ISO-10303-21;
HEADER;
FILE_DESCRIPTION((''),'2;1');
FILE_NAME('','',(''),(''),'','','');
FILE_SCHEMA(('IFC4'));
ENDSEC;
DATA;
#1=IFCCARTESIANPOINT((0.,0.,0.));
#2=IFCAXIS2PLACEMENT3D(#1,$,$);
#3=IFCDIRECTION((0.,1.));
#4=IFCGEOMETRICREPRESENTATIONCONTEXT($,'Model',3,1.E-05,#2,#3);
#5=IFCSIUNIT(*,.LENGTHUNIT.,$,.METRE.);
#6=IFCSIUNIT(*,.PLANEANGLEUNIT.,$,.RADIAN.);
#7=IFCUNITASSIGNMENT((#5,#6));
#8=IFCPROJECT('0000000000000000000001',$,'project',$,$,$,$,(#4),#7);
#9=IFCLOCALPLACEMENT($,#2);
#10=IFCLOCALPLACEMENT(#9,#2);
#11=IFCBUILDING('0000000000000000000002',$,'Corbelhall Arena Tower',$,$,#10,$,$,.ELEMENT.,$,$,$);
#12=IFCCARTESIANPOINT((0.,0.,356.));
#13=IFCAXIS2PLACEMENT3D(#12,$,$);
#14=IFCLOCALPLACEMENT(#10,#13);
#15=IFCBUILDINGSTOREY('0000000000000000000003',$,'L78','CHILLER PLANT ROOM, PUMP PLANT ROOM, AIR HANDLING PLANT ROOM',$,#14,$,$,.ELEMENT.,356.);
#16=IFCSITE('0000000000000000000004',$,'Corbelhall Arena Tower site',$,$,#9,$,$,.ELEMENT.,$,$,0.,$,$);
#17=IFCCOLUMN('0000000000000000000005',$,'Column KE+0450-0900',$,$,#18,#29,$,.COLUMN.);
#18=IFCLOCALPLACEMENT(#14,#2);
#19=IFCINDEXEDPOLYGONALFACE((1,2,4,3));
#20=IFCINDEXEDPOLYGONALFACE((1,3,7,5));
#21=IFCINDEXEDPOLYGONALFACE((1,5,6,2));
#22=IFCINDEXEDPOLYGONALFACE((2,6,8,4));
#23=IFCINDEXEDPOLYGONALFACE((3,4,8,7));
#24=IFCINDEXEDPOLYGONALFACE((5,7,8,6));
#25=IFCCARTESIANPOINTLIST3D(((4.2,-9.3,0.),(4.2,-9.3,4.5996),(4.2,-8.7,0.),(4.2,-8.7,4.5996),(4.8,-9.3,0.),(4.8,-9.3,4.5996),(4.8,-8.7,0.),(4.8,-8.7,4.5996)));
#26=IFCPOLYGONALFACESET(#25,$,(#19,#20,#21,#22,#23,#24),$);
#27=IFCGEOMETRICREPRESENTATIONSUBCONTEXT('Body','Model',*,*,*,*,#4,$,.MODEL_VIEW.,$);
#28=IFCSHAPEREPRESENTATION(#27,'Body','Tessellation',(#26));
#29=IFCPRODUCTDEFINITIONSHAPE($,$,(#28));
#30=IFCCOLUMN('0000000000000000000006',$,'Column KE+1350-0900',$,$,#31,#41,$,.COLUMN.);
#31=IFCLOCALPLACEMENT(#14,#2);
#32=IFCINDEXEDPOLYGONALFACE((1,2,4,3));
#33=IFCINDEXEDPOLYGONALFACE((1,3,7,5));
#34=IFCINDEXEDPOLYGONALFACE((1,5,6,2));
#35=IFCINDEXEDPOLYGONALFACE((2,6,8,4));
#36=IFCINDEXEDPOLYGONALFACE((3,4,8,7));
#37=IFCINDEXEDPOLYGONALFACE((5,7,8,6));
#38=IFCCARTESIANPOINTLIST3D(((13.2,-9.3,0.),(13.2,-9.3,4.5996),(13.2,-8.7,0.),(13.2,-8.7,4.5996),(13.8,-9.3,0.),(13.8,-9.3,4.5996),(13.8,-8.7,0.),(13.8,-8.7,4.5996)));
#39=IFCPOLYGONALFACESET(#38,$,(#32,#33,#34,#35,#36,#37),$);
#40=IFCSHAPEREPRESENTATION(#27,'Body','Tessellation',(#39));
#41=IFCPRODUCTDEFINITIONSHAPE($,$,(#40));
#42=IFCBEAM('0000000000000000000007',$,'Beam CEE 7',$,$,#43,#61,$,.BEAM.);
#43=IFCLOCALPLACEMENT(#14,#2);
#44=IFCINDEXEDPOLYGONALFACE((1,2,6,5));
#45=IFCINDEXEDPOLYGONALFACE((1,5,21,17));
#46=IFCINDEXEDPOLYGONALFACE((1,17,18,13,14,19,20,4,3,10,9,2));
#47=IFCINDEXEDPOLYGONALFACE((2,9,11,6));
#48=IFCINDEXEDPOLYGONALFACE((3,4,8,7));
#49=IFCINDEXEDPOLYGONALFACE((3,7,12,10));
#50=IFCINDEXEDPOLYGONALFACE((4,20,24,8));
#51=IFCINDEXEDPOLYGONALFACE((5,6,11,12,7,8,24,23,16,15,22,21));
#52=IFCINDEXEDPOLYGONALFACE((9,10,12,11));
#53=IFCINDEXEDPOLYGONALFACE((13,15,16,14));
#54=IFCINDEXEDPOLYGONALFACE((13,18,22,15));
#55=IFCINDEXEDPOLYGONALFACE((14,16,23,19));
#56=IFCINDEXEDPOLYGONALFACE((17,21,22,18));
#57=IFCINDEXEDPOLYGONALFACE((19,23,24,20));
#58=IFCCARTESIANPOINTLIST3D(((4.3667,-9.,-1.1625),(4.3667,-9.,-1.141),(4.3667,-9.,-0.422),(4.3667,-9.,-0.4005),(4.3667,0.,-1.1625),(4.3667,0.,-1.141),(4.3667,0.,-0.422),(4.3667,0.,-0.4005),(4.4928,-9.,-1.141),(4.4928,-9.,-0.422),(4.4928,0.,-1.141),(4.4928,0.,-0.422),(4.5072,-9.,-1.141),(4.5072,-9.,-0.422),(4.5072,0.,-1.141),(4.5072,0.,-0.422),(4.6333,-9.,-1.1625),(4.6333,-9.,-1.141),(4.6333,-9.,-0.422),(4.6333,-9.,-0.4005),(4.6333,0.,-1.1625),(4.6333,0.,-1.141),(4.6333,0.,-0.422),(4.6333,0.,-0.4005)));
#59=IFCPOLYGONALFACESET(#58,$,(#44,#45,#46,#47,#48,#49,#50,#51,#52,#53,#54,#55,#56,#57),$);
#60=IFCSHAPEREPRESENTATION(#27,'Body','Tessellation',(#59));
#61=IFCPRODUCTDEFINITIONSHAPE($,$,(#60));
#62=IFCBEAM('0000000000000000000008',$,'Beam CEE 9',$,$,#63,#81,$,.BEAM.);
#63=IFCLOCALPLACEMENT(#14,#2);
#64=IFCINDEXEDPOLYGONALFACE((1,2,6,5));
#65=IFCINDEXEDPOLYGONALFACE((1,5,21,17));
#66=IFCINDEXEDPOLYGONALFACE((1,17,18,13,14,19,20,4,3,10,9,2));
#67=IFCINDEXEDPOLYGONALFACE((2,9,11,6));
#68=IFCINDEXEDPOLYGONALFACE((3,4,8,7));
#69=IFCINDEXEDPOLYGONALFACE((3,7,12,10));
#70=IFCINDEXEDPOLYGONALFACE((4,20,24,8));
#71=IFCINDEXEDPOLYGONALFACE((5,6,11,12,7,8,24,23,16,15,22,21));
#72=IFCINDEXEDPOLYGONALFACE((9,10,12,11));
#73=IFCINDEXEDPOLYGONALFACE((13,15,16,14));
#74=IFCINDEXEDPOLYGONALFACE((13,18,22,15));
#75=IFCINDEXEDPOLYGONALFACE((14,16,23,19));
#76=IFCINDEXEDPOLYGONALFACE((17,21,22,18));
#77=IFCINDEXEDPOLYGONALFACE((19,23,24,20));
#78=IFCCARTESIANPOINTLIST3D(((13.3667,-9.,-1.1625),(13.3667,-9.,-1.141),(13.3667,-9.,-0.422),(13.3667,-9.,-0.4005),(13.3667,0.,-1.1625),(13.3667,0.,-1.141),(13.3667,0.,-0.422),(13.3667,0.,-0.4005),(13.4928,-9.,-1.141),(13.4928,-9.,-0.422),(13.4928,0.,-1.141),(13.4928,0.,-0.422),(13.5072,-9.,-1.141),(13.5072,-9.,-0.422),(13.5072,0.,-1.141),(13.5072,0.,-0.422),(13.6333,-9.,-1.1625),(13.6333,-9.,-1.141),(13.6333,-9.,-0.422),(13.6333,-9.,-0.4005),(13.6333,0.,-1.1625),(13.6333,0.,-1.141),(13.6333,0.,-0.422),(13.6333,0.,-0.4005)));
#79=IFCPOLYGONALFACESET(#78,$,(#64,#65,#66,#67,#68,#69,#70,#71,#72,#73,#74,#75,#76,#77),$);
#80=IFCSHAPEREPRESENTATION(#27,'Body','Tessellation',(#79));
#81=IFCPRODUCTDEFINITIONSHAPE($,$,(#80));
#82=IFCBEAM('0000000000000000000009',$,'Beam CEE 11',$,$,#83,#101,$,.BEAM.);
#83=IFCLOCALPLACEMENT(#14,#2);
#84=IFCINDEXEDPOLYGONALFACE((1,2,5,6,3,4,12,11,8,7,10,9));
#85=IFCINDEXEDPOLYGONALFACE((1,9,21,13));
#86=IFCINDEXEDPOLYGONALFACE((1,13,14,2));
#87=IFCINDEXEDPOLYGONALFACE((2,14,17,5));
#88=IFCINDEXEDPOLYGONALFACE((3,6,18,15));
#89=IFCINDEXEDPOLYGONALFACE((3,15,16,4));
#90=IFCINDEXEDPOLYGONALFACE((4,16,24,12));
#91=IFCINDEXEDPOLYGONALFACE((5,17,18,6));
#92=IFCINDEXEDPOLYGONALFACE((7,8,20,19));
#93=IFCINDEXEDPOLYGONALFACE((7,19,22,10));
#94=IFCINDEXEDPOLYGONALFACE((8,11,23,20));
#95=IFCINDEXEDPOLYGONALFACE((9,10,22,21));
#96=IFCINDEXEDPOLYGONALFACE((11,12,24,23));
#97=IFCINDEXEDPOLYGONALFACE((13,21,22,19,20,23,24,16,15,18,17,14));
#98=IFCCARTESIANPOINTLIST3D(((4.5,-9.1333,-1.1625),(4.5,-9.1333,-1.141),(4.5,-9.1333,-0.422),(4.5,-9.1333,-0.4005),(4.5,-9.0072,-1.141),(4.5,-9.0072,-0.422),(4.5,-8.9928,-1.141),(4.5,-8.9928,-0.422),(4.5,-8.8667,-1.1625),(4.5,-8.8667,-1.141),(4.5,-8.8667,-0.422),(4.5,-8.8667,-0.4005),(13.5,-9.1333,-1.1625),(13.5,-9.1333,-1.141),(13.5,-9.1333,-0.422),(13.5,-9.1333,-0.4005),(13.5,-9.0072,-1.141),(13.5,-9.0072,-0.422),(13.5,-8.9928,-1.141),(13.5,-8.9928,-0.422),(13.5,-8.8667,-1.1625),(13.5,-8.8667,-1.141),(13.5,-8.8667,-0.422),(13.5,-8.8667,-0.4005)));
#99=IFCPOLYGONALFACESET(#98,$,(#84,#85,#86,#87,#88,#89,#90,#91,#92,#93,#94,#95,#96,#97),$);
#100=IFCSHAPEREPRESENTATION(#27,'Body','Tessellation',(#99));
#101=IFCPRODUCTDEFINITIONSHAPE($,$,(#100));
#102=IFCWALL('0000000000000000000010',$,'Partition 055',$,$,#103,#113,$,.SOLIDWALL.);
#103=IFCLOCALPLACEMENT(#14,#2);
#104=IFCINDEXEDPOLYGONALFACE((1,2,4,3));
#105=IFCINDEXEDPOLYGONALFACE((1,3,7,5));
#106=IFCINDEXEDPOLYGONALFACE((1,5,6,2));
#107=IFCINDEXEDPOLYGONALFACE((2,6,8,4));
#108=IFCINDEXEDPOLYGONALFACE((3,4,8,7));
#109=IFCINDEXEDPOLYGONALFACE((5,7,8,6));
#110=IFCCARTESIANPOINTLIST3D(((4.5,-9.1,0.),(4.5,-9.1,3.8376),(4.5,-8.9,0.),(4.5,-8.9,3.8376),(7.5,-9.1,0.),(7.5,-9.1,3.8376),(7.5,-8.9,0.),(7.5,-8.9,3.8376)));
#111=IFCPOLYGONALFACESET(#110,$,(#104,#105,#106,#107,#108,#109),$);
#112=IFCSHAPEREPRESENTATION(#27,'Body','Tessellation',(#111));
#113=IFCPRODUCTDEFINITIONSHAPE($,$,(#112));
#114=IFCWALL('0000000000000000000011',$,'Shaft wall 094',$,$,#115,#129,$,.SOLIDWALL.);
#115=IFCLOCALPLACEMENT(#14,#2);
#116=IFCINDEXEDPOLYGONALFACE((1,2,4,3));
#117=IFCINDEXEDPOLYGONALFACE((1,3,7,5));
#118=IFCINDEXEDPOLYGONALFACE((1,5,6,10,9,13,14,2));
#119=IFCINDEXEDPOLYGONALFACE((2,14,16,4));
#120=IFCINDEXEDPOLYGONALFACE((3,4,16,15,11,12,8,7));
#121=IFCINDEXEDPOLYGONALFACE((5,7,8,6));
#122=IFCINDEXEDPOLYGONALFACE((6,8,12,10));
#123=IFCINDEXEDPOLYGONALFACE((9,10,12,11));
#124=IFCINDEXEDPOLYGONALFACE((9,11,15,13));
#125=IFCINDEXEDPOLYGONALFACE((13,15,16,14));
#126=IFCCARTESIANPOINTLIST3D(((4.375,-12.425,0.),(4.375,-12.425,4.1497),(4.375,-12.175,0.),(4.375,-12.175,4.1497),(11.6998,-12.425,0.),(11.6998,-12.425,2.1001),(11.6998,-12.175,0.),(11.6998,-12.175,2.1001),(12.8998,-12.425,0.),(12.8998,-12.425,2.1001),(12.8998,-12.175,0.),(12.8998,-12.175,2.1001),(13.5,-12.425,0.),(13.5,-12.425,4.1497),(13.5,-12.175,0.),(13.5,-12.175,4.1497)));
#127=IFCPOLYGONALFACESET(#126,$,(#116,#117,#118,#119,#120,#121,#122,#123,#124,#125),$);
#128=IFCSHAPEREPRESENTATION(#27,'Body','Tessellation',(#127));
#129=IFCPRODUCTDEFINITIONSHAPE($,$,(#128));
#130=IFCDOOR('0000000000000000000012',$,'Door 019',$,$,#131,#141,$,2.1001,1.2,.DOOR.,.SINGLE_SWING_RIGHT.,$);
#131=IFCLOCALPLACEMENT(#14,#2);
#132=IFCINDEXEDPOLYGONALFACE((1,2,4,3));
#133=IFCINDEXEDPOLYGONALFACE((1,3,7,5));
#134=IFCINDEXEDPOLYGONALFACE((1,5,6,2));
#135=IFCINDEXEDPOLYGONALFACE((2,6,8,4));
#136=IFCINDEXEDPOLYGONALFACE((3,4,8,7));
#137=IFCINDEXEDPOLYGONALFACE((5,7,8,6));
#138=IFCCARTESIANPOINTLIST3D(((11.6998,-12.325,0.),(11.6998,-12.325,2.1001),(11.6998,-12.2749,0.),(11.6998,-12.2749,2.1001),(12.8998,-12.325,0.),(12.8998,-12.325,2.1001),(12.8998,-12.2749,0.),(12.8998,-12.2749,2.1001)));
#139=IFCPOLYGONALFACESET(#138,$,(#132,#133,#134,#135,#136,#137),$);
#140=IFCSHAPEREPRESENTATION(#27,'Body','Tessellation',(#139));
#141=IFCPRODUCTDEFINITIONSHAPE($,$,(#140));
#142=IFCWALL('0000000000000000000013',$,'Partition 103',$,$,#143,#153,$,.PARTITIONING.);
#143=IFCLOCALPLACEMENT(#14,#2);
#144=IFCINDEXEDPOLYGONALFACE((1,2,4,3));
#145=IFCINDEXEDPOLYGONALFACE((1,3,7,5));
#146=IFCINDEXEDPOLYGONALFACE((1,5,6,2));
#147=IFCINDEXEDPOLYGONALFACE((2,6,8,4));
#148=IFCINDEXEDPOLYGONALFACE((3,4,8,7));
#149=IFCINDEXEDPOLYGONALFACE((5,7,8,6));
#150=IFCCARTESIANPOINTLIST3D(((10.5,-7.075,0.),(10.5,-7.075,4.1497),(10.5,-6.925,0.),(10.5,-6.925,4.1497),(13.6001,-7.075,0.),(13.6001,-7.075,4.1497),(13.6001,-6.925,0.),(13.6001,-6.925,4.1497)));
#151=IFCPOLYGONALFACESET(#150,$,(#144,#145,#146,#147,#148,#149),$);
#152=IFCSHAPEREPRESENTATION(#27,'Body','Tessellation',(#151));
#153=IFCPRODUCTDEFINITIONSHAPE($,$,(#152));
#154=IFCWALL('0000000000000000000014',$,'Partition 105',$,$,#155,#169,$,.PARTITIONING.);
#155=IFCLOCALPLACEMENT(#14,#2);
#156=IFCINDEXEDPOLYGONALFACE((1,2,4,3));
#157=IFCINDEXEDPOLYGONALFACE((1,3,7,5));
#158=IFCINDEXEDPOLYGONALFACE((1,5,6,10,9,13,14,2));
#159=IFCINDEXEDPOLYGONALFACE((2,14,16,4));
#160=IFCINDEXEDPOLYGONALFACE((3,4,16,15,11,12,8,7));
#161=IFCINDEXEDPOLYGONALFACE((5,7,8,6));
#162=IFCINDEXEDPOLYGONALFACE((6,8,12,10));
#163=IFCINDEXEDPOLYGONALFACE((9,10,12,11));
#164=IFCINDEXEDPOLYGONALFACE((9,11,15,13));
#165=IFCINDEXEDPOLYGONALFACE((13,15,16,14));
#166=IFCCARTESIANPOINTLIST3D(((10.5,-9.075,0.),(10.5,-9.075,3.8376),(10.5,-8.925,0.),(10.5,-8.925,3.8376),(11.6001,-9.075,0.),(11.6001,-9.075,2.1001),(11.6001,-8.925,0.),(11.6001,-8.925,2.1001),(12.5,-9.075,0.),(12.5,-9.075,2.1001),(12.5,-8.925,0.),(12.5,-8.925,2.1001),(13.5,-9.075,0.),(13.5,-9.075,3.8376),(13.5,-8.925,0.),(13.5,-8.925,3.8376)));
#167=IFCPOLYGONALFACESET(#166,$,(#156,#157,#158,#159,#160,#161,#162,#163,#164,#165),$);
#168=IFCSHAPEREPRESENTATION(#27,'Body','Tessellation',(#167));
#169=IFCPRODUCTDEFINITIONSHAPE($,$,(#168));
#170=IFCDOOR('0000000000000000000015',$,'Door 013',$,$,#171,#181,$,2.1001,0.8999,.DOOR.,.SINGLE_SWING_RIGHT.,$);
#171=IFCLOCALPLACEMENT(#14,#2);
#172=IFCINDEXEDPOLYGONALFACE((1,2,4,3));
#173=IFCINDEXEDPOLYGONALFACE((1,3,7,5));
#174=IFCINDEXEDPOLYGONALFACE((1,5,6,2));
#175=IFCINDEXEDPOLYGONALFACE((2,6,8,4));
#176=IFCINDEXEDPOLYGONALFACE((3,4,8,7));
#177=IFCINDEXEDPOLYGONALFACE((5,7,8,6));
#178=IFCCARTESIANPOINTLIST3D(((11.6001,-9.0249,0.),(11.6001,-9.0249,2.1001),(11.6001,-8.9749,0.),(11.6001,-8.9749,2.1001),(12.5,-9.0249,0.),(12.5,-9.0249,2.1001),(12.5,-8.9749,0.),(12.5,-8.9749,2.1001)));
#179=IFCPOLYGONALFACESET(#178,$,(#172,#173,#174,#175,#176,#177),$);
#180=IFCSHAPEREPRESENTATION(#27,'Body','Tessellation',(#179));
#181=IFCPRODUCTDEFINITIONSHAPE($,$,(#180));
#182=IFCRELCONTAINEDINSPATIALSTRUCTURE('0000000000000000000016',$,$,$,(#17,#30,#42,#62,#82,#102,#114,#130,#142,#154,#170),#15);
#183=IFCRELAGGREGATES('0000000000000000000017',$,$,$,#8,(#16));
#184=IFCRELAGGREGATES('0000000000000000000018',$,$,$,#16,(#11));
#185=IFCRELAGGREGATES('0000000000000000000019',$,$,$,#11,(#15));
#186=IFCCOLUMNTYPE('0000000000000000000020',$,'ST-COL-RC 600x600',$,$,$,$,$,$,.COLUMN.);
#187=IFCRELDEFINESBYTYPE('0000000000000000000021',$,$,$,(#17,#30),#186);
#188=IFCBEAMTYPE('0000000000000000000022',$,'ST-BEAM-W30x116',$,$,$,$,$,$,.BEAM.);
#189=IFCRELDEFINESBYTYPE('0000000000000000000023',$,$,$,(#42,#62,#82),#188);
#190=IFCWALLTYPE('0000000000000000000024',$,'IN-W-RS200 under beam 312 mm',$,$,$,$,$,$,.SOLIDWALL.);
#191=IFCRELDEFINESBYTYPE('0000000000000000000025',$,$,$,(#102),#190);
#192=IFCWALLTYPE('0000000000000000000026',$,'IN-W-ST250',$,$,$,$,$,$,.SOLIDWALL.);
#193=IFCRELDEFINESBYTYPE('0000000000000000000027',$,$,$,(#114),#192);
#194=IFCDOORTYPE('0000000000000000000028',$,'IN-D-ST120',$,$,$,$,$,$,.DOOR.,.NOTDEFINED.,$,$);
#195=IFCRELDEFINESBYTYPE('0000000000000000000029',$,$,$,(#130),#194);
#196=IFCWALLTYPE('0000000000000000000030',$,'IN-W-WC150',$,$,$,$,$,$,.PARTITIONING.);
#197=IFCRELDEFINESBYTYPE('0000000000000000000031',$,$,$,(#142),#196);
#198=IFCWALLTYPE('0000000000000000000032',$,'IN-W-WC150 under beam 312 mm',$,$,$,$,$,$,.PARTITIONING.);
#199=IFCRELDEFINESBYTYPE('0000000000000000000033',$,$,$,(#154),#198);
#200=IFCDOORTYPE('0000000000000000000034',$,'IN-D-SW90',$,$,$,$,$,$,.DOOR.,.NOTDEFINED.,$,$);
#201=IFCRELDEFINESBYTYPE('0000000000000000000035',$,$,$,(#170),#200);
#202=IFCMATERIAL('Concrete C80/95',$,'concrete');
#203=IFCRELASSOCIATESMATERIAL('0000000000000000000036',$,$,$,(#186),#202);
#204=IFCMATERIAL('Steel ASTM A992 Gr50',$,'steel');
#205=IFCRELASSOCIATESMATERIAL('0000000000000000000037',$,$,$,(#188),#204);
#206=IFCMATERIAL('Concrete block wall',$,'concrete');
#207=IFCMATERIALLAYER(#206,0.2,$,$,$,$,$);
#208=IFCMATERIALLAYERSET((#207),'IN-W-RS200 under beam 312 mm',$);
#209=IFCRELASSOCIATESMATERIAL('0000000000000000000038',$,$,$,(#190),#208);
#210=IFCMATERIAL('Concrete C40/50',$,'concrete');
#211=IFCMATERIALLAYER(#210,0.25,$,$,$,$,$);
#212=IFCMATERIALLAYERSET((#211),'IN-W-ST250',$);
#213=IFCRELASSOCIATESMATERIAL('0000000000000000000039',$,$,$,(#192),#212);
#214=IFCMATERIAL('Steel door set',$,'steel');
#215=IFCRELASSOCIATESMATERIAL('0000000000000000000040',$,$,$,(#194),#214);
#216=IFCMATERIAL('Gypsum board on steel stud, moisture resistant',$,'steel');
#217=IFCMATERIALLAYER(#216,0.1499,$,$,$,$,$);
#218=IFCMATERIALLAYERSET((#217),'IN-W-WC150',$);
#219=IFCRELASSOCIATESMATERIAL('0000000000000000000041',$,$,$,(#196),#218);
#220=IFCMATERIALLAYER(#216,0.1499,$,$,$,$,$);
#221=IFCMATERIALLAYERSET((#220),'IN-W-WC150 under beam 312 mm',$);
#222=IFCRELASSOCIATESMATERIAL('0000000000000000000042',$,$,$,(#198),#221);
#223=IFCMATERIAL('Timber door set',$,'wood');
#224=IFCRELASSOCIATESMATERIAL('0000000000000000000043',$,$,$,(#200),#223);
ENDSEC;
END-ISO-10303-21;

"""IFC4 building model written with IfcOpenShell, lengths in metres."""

from ifc_helpers import new_model, si_unit, direction, frame, frame_2d, origin, origin_2d, place, context, subcontext, project, spatial, rectangle, i_section, extrude, material, layer, layer_set, material_profile, profile_set, type_object, element, fill, save


model = new_model("IFC4")

# Units and contexts
model_context = context("Model", 3, precision=1e-05, world=origin(), true_north=direction((0.0, 1.0)))
body_context = subcontext(model_context, "Body", "Model", "MODEL_VIEW")
ifc_project = project(units=[si_unit("LENGTHUNIT", "METRE"), si_unit("PLANEANGLEUNIT", "RADIAN")], contexts=[model_context])

# Site, building, storey
site_placement = place(None, origin())
site = spatial("IfcSite", under=ifc_project, at=site_placement, Name="Corbelhall Arena Tower site", CompositionType="ELEMENT", RefElevation=0.0)
building_placement = place(site_placement, origin())
building = spatial("IfcBuilding", under=site, at=building_placement, Name="Corbelhall Arena Tower", CompositionType="ELEMENT")
storey_placement = place(building_placement, frame((0.0, 0.0, 356.0)))
storey = spatial("IfcBuildingStorey", under=building, at=storey_placement, Name="L78", Description="CHILLER PLANT ROOM, PUMP PLANT ROOM, AIR HANDLING PLANT ROOM", CompositionType="ELEMENT", Elevation=356.0)

# Columns
ifc_material_1 = material(Name="Concrete C80/95", Category="concrete")
ifc_material_profile_1 = material_profile(ifc_material_1, rectangle(XDim=0.6001, YDim=0.6001, at=origin_2d()))
ifc_profile_set_1 = profile_set([ifc_material_profile_1], Name="Concrete C80/95")
column_type = type_object("IfcColumnType", Name="ST-COL-RC 600x600", PredefinedType="COLUMN", material=ifc_profile_set_1)
for number, where, z_axis, x_axis, name in (
    (1, (4.5, -9.0, 0.0), (0.0, 0.0, 1.0), (1.0, 0.0, 0.0), "Column KE+0450-0900"),
    (2, (13.5, -9.0, 0.0), (0.0, 0.0, 1.0), (1.0, 0.0, 0.0), "Column KE+1350-0900"),
):
    element("IfcColumn", number, at=place(storey_placement, frame(where, z_axis=z_axis, x_axis=x_axis)), inside=storey, type_object=column_type, Name=name, PredefinedType="COLUMN", context=body_context, shape_type="SweptSolid", body=[
        extrude(rectangle(XDim=0.6001, YDim=0.6001, at=origin_2d()), origin(), (0.0, 0.0, 1.0), 4.5996),
    ])

# Beams
ifc_material_2 = material(Name="Steel ASTM A992 Gr50", Category="steel")
ifc_material_profile_2 = material_profile(ifc_material_2, i_section(OverallWidth=0.2666, OverallDepth=0.762, WebThickness=0.0144, FlangeThickness=0.0215, at=origin_2d()))
ifc_profile_set_2 = profile_set([ifc_material_profile_2], Name="Steel ASTM A992 Gr50")
beam_type = type_object("IfcBeamType", Name="ST-BEAM-W30x116", PredefinedType="BEAM", material=ifc_profile_set_2)
for number, where, z_axis, x_axis, name in (
    (3, (4.5, -9.0, -0.7815), (0.0, 1.0, 0.0), (-1.0, 0.0, 0.0), "Beam CEE 7"),
    (4, (13.5, -9.0, -0.7815), (0.0, 1.0, 0.0), (-1.0, 0.0, 0.0), "Beam CEE 9"),
    (5, (4.5, -9.0, -0.7815), (1.0, 0.0, 0.0), (0.0, 1.0, 0.0), "Beam CEE 11"),
):
    element("IfcBeam", number, at=place(storey_placement, frame(where, z_axis=z_axis, x_axis=x_axis)), inside=storey, type_object=beam_type, Name=name, PredefinedType="BEAM", context=body_context, shape_type="SweptSolid", body=[
        extrude(i_section(OverallWidth=0.2666, OverallDepth=0.762, WebThickness=0.0144, FlangeThickness=0.0215, at=origin_2d()), origin(), (0.0, 0.0, 1.0), 9.0),
    ])

# Shared definitions
ifc_material_3 = material(Name="Steel door set", Category="steel")

# Shared definitions
ifc_material_4 = material(Name="Concrete block wall", Category="concrete")
ifc_layer_1 = layer(ifc_material_4, 0.2)
ifc_layer_set_1 = layer_set([ifc_layer_1], Name="IN-W-RS200 under beam 312 mm")
wall_type_1 = type_object("IfcWallType", Name="IN-W-RS200 under beam 312 mm", PredefinedType="SOLIDWALL", material=ifc_layer_set_1)

# Wall
wall_1_placement = place(storey_placement, frame((7.5, -9.0, 0.0), z_axis=(0.0, 0.0, 1.0), x_axis=(-1.0, 0.0, 0.0)))
element("IfcWall", 6, at=wall_1_placement, inside=storey, type_object=wall_type_1, Name="Partition 055", PredefinedType="SOLIDWALL", context=body_context, shape_type="SweptSolid", body=[
    extrude(rectangle(XDim=3.0, YDim=0.2, at=frame_2d((1.5, 0.0))), origin(), (0.0, 0.0, 1.0), 3.8376),
])

# Wall, opening, door
ifc_material_5 = material(Name="Concrete C40/50", Category="concrete")
ifc_layer_2 = layer(ifc_material_5, 0.25)
ifc_layer_set_2 = layer_set([ifc_layer_2], Name="IN-W-ST250")
wall_type_2 = type_object("IfcWallType", Name="IN-W-ST250", PredefinedType="SOLIDWALL", material=ifc_layer_set_2)
wall_2_placement = place(storey_placement, frame((13.5, -12.3, 0.0), z_axis=(0.0, 0.0, 1.0), x_axis=(-1.0, 0.0, 0.0)))
wall_2 = element("IfcWall", 7, at=wall_2_placement, inside=storey, type_object=wall_type_2, Name="Shaft wall 094", PredefinedType="SOLIDWALL", context=body_context, shape_type="SweptSolid", body=[
    extrude(rectangle(XDim=9.125, YDim=0.25, at=frame_2d((4.5625, 0.0))), origin(), (0.0, 0.0, 1.0), 4.1497),
])
opening_1_placement = place(wall_2_placement, frame((0.6001, 0.0, 0.0)))
opening_1 = element("IfcOpeningElement", 8, at=opening_1_placement, cuts=wall_2, PredefinedType="OPENING", context=body_context, shape_type="SweptSolid", body=[
    extrude(rectangle(XDim=1.2, YDim=2.1001, at=frame_2d((0.6001, 1.05))), frame((0.0, 0.125, 0.0), z_axis=(0.0, -1.0, 0.0), x_axis=(1.0, 0.0, 0.0)), (0.0, 0.0, 1.0), 0.25),
])
door_type_1 = type_object("IfcDoorType", Name="IN-D-ST120", OperationType="NOTDEFINED", PredefinedType="DOOR", material=ifc_material_3)
door_1_placement = place(opening_1_placement, origin())
door_1 = element("IfcDoor", 9, at=door_1_placement, inside=storey, type_object=door_type_1, Name="Door 019", OperationType="SINGLE_SWING_RIGHT", OverallHeight=2.1001, OverallWidth=1.2, PredefinedType="DOOR", context=body_context, shape_type="SweptSolid", body=[
    extrude(rectangle(XDim=1.2, YDim=2.1001, at=frame_2d((0.6001, 1.05))), frame((0.0, 0.0249, 0.0), z_axis=(0.0, -1.0, 0.0), x_axis=(1.0, 0.0, 0.0)), (0.0, 0.0, 1.0), 0.05),
])
fill(opening_1, door_1)

# Wall
ifc_material_6 = material(Name="Gypsum board on steel stud, moisture resistant", Category="steel")
ifc_layer_3 = layer(ifc_material_6, 0.1499)
ifc_layer_set_3 = layer_set([ifc_layer_3], Name="IN-W-WC150")
wall_type_3 = type_object("IfcWallType", Name="IN-W-WC150", PredefinedType="PARTITIONING", material=ifc_layer_set_3)
wall_3_placement = place(storey_placement, frame((10.5, -7.0, 0.0), z_axis=(0.0, 0.0, 1.0), x_axis=(1.0, 0.0, 0.0)))
element("IfcWall", 10, at=wall_3_placement, inside=storey, type_object=wall_type_3, Name="Partition 103", PredefinedType="PARTITIONING", context=body_context, shape_type="SweptSolid", body=[
    extrude(rectangle(XDim=3.1001, YDim=0.1499, at=frame_2d((1.55, 0.0))), origin(), (0.0, 0.0, 1.0), 4.1497),
])

# Wall, opening, door
ifc_layer_4 = layer(ifc_material_6, 0.1499)
ifc_layer_set_4 = layer_set([ifc_layer_4], Name="IN-W-WC150 under beam 312 mm")
wall_type_4 = type_object("IfcWallType", Name="IN-W-WC150 under beam 312 mm", PredefinedType="PARTITIONING", material=ifc_layer_set_4)
wall_4_placement = place(storey_placement, frame((13.5, -9.0, 0.0), z_axis=(0.0, 0.0, 1.0), x_axis=(-1.0, 0.0, 0.0)))
wall_4 = element("IfcWall", 11, at=wall_4_placement, inside=storey, type_object=wall_type_4, Name="Partition 105", PredefinedType="PARTITIONING", context=body_context, shape_type="SweptSolid", body=[
    extrude(rectangle(XDim=3.0, YDim=0.1499, at=frame_2d((1.5, 0.0))), origin(), (0.0, 0.0, 1.0), 3.8376),
])
opening_2_placement = place(wall_4_placement, frame((1.0, 0.0, 0.0)))
opening_2 = element("IfcOpeningElement", 12, at=opening_2_placement, cuts=wall_4, PredefinedType="OPENING", context=body_context, shape_type="SweptSolid", body=[
    extrude(rectangle(XDim=0.8999, YDim=2.1001, at=frame_2d((0.45, 1.05))), frame((0.0, 0.075, 0.0), z_axis=(0.0, -1.0, 0.0), x_axis=(1.0, 0.0, 0.0)), (0.0, 0.0, 1.0), 0.1499),
])
ifc_material_7 = material(Name="Timber door set", Category="wood")
door_type_2 = type_object("IfcDoorType", Name="IN-D-SW90", OperationType="NOTDEFINED", PredefinedType="DOOR", material=ifc_material_7)
door_2_placement = place(opening_2_placement, origin())
door_2 = element("IfcDoor", 13, at=door_2_placement, inside=storey, type_object=door_type_2, Name="Door 013", OperationType="SINGLE_SWING_RIGHT", OverallHeight=2.1001, OverallWidth=0.8999, PredefinedType="DOOR", context=body_context, shape_type="SweptSolid", body=[
    extrude(rectangle(XDim=0.8999, YDim=2.1001, at=frame_2d((0.45, 1.05))), frame((0.0, 0.0249, 0.0), z_axis=(0.0, -1.0, 0.0), x_axis=(1.0, 0.0, 0.0)), (0.0, 0.0, 1.0), 0.05),
])
fill(opening_2, door_2)

save(model, "model.ifc")
